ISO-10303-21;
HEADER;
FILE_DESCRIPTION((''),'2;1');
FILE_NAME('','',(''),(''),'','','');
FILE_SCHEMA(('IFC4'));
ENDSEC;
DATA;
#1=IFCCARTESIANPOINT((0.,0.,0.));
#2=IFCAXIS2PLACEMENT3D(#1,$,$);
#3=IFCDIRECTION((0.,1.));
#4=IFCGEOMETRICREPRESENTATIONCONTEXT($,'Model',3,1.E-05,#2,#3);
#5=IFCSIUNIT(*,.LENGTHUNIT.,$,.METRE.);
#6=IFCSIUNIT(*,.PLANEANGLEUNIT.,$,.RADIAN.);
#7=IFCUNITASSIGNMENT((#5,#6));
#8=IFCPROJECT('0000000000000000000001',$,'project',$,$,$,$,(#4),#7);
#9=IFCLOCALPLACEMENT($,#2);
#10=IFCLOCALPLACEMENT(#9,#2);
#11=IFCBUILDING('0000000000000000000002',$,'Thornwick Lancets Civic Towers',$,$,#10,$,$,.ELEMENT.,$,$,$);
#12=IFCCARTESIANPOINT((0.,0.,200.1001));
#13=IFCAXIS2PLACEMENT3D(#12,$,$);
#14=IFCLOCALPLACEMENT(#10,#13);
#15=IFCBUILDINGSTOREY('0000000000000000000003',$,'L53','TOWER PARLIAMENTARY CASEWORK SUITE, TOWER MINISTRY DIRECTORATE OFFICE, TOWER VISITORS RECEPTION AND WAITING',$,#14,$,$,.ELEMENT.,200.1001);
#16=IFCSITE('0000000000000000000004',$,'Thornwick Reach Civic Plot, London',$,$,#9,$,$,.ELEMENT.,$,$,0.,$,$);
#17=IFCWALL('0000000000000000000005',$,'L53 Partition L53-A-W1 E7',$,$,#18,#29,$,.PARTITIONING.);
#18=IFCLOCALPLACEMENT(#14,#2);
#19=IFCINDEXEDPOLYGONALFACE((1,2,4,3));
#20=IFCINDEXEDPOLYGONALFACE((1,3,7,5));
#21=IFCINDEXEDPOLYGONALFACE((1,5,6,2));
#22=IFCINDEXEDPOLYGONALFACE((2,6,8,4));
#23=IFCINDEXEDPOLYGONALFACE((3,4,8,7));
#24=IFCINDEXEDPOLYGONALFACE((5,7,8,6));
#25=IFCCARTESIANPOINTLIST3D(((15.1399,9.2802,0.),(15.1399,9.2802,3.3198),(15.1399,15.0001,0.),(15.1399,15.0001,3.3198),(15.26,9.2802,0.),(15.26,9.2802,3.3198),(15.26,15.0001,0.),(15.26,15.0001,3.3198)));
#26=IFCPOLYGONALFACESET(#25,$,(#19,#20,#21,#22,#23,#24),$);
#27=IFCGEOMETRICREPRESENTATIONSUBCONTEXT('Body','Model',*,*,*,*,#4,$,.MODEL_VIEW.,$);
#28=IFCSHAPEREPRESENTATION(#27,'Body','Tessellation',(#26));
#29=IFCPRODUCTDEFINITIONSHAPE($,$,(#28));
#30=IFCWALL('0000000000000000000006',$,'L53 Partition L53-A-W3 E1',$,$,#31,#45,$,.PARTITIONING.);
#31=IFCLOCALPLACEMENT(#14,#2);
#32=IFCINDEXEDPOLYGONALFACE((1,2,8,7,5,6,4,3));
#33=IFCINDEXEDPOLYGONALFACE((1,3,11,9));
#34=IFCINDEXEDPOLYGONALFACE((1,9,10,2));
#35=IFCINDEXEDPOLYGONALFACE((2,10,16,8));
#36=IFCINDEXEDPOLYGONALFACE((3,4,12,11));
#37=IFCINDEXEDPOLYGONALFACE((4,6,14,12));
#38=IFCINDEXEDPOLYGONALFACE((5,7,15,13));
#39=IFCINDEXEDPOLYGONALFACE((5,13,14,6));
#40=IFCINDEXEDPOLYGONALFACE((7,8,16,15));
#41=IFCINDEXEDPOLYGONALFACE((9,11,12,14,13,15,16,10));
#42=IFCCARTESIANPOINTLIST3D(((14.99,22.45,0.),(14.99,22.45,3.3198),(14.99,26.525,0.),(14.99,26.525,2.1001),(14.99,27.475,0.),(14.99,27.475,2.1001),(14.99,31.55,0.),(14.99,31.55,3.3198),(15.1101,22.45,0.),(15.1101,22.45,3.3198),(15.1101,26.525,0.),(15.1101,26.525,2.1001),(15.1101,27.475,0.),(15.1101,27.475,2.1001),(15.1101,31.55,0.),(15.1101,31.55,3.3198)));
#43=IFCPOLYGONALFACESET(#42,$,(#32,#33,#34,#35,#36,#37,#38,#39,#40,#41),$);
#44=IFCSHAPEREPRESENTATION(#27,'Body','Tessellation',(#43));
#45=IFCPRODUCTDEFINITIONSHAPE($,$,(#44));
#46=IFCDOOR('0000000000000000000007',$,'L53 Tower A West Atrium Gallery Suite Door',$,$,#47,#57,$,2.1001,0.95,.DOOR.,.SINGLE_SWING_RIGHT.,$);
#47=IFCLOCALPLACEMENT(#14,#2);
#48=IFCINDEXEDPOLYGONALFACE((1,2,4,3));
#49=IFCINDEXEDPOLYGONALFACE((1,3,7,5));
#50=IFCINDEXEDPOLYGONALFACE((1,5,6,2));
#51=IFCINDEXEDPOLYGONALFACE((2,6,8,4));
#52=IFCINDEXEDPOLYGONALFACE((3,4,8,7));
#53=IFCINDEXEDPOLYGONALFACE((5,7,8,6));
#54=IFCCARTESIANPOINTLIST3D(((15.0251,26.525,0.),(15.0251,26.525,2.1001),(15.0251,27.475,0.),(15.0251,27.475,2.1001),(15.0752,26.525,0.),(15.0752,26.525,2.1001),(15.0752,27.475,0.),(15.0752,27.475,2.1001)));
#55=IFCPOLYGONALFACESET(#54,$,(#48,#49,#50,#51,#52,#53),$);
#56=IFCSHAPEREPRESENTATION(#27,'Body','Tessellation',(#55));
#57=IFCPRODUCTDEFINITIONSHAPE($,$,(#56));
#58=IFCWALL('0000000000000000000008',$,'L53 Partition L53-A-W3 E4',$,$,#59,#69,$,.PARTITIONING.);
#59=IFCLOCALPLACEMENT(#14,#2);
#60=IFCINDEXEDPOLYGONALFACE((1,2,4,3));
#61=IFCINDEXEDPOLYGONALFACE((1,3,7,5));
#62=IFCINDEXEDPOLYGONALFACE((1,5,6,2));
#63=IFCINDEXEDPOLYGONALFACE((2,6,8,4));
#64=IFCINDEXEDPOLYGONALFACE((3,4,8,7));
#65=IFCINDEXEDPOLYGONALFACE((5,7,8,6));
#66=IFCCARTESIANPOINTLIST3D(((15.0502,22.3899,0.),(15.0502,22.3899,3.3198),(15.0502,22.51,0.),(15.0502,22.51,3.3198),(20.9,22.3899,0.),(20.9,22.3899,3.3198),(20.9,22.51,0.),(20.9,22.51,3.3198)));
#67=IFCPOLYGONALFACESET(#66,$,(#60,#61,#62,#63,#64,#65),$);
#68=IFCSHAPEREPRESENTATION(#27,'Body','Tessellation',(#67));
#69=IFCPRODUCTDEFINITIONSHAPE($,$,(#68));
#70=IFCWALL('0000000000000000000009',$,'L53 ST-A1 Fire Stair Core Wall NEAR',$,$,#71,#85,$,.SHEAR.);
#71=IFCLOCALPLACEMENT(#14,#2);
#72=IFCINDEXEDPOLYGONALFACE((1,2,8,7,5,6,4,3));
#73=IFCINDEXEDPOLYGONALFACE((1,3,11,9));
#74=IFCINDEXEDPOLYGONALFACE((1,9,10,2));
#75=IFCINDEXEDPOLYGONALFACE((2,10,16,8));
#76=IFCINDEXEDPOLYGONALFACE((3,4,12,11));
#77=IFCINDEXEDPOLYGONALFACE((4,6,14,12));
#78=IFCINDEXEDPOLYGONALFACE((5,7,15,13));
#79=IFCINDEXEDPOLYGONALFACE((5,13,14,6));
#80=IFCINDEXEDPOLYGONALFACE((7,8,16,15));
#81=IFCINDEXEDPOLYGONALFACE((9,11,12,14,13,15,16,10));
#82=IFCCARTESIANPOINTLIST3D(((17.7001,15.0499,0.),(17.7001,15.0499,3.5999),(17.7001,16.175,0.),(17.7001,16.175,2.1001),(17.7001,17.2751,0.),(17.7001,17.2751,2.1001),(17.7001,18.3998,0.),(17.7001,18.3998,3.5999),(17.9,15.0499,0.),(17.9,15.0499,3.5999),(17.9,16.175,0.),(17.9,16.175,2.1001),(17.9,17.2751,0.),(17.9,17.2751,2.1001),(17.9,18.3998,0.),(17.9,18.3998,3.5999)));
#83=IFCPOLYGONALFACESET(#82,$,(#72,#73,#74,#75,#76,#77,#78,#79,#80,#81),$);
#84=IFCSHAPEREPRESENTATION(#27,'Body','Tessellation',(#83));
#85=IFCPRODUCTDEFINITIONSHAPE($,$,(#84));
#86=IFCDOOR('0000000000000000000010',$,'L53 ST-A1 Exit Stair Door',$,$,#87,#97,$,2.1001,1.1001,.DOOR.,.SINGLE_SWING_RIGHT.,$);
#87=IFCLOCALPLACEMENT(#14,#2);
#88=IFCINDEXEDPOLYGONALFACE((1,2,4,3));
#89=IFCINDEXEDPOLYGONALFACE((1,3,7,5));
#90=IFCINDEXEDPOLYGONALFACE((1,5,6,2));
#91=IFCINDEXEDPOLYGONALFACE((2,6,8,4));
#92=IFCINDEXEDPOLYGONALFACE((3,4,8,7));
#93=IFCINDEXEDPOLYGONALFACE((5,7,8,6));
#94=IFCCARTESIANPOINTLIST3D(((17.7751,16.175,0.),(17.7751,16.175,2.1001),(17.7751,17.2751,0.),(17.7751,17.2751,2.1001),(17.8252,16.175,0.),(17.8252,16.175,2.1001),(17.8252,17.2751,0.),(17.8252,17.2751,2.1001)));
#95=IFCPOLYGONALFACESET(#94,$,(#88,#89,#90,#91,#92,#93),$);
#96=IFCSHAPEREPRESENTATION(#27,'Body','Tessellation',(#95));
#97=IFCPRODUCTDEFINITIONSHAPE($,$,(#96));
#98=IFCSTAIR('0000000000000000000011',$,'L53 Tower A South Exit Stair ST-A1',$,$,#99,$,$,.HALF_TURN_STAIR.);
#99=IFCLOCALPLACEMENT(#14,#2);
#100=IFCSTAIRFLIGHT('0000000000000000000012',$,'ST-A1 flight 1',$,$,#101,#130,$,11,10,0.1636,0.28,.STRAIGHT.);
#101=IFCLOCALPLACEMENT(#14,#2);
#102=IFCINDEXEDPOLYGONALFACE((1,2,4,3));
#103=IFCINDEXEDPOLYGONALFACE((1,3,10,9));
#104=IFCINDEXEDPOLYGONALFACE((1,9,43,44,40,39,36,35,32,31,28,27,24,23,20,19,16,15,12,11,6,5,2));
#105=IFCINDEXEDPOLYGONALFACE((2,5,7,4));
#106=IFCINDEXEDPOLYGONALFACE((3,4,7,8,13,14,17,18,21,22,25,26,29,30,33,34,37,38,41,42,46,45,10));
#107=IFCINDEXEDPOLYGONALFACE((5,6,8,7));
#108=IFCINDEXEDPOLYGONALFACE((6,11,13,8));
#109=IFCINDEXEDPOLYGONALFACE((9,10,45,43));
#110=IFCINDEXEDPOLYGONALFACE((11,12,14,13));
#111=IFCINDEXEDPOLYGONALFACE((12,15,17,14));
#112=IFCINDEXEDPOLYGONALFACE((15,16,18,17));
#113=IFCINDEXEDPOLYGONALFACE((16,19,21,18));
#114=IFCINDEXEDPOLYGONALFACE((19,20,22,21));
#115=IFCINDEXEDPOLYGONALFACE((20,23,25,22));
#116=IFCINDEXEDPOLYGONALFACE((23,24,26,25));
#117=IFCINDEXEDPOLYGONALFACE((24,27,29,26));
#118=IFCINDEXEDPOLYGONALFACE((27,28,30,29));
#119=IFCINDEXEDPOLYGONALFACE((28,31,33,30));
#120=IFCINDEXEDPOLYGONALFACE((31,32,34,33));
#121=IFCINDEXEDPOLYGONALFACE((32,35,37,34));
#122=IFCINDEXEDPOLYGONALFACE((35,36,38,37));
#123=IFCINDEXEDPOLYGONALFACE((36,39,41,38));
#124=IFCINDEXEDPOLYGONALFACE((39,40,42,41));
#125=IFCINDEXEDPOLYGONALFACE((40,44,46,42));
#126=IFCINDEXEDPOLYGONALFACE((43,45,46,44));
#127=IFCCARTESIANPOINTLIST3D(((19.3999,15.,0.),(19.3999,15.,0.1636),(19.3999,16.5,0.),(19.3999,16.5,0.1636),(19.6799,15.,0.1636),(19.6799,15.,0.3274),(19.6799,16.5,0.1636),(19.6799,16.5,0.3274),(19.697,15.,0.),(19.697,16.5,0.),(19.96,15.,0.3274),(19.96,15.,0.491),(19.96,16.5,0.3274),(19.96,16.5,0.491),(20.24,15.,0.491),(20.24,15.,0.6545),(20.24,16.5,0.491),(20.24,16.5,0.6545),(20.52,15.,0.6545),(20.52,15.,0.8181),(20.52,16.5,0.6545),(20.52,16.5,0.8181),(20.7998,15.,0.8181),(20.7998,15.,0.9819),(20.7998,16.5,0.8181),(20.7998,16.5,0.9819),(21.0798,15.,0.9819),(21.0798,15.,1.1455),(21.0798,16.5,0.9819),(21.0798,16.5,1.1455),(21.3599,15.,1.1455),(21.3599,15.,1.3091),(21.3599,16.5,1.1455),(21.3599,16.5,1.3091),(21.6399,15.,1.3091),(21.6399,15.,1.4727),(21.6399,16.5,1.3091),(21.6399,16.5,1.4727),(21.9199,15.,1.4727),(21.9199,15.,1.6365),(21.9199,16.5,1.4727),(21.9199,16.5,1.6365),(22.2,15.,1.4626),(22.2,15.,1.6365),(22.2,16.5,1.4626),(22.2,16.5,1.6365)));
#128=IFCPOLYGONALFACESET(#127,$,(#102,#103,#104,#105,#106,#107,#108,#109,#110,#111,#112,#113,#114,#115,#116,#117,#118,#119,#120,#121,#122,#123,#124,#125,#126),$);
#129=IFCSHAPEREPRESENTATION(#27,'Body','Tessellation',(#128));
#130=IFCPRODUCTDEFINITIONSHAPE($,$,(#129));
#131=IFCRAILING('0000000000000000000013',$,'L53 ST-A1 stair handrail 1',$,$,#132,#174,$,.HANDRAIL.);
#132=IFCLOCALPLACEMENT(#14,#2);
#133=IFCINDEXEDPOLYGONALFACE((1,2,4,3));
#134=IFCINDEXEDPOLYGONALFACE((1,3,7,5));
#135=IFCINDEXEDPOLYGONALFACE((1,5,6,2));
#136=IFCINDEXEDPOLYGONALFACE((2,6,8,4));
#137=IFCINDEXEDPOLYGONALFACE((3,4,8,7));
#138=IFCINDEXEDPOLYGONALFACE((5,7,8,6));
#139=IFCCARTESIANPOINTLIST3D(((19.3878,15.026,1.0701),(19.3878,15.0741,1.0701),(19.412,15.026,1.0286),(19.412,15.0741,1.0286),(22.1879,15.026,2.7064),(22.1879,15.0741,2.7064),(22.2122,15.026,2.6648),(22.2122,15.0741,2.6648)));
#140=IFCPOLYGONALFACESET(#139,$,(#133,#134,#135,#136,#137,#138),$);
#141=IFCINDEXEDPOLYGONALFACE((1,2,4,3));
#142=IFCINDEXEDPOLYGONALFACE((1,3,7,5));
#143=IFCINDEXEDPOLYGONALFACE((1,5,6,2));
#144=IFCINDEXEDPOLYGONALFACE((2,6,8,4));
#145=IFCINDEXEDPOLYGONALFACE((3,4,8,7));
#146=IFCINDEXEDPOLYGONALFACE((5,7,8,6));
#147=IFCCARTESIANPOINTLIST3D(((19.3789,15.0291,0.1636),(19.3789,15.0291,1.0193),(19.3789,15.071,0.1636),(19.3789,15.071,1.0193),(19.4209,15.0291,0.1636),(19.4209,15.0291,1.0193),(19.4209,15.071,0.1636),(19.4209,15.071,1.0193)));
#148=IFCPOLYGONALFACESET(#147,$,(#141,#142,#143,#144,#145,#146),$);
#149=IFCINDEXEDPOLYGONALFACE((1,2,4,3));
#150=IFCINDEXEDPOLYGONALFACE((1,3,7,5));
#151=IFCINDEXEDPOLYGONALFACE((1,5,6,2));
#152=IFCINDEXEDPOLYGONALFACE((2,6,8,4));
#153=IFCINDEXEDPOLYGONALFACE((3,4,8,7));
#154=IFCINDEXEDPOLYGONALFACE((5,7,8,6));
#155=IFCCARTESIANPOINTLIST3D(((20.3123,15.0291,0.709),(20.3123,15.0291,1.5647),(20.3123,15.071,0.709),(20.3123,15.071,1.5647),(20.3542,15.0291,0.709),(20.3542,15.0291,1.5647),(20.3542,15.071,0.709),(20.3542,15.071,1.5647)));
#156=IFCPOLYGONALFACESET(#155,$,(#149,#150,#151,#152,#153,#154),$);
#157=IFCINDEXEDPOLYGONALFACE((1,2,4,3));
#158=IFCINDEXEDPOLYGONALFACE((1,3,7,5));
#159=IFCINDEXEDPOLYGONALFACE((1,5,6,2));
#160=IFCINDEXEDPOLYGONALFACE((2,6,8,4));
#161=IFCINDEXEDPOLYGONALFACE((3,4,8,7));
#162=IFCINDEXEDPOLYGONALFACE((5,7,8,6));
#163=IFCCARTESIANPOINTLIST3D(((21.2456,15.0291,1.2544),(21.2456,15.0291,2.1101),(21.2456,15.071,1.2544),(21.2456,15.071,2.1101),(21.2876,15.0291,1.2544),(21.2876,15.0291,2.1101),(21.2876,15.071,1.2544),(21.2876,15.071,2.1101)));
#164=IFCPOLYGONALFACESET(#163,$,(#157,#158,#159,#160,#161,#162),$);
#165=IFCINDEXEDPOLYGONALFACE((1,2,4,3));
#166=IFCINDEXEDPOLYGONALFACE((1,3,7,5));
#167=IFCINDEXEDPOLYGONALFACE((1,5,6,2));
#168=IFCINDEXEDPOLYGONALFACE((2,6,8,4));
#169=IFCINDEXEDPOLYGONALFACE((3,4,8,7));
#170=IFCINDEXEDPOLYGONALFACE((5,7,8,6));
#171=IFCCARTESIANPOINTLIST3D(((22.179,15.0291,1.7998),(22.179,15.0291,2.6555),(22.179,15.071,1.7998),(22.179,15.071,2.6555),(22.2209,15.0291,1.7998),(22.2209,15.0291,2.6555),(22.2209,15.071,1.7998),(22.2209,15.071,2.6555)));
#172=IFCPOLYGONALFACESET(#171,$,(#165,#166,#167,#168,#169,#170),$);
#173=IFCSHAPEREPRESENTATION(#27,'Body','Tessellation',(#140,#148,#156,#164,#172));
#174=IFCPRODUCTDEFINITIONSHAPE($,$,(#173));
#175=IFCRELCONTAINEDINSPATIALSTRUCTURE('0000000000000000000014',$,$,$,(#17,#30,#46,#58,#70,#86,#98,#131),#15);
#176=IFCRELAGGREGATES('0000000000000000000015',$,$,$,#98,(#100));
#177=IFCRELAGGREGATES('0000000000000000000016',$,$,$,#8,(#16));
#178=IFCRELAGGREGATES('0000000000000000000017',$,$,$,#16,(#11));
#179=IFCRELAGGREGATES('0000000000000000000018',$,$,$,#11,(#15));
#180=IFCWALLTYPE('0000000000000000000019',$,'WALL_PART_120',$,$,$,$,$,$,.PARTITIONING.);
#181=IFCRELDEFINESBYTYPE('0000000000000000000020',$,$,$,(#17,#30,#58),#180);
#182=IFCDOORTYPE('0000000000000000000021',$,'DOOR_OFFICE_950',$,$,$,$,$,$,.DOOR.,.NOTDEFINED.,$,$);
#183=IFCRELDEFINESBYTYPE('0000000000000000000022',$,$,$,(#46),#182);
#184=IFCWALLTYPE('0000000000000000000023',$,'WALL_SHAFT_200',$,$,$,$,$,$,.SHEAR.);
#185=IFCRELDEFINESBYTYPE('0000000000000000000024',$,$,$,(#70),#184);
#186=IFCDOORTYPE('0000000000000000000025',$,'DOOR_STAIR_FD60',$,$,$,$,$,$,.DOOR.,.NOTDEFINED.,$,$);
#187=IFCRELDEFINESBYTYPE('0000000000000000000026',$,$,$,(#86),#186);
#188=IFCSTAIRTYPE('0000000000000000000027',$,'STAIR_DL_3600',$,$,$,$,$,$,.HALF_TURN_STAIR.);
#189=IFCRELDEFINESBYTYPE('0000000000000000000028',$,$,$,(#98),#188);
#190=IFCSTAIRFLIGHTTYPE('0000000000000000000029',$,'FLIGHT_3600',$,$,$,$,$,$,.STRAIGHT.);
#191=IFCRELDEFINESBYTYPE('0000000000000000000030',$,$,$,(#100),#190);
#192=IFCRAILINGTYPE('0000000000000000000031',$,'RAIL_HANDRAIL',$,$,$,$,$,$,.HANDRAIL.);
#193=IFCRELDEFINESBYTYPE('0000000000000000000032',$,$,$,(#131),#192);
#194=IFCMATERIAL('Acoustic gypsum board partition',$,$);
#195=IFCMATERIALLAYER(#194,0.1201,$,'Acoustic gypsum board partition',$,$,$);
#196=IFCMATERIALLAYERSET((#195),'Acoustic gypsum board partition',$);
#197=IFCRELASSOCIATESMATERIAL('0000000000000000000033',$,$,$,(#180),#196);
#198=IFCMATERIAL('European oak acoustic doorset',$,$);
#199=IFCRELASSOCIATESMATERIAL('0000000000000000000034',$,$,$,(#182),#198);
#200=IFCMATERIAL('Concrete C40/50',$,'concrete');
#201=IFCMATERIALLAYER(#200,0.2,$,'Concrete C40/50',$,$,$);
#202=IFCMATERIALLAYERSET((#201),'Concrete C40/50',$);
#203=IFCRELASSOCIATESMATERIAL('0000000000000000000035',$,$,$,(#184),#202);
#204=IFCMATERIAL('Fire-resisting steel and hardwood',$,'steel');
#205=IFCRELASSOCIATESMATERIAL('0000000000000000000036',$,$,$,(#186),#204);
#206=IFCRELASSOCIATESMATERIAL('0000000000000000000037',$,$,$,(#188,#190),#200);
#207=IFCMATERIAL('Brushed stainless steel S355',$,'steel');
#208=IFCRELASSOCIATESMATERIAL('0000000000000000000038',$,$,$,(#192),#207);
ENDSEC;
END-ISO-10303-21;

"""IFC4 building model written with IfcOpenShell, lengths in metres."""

from ifc_helpers import new_model, si_unit, direction, frame, frame_2d, origin, origin_2d, place, context, subcontext, project, spatial, polyline, rectangle, outline, extrude, material, layer, layer_set, type_object, element, fill, aggregate, save


model = new_model("IFC4")

# Units and contexts
model_context = context("Model", 3, precision=1e-05, world=origin(), true_north=direction((0.0, 1.0)))
body_context = subcontext(model_context, "Body", "Model", "MODEL_VIEW")
ifc_project = project(units=[si_unit("LENGTHUNIT", "METRE"), si_unit("PLANEANGLEUNIT", "RADIAN")], contexts=[model_context])

# Site, building, storey
site_placement = place(None, origin())
site = spatial("IfcSite", under=ifc_project, at=site_placement, Name="Thornwick Reach Civic Plot, London", CompositionType="ELEMENT", RefElevation=0.0)
building_placement = place(site_placement, origin())
building = spatial("IfcBuilding", under=site, at=building_placement, Name="Thornwick Lancets Civic Towers", CompositionType="ELEMENT")
storey_placement = place(building_placement, frame((0.0, 0.0, 200.1001)))
storey = spatial("IfcBuildingStorey", under=building, at=storey_placement, Name="L53", Description="TOWER PARLIAMENTARY CASEWORK SUITE, TOWER MINISTRY DIRECTORATE OFFICE, TOWER VISITORS RECEPTION AND WAITING", CompositionType="ELEMENT", Elevation=200.1001)

# Shared definitions
ifc_material_1 = material(Name="Acoustic gypsum board partition")
ifc_layer_1 = layer(ifc_material_1, 0.1201, Name="Acoustic gypsum board partition")
ifc_layer_set_1 = layer_set([ifc_layer_1], Name="Acoustic gypsum board partition")
wall_type_1 = type_object("IfcWallType", Name="WALL_PART_120", PredefinedType="PARTITIONING", material=ifc_layer_set_1)

# Wall
wall_1_placement = place(storey_placement, frame((15.2, 15.0, 0.0), z_axis=(0.0, 0.0, 1.0), x_axis=(0.0, -1.0, 0.0)))
element("IfcWall", 1, at=wall_1_placement, inside=storey, type_object=wall_type_1, Name="L53 Partition L53-A-W1 E7", PredefinedType="PARTITIONING", context=body_context, shape_type="SweptSolid", body=[
    extrude(rectangle(XDim=5.72, YDim=0.1201, at=frame_2d((2.8599, 0.0))), origin(), (0.0, 0.0, 1.0), 3.3198),
])

# Wall, opening, door
wall_2_placement = place(storey_placement, frame((15.05, 22.45, 0.0), z_axis=(0.0, 0.0, 1.0), x_axis=(0.0, 1.0, 0.0)))
wall_2 = element("IfcWall", 2, at=wall_2_placement, inside=storey, type_object=wall_type_1, Name="L53 Partition L53-A-W3 E1", PredefinedType="PARTITIONING", context=body_context, shape_type="SweptSolid", body=[
    extrude(rectangle(XDim=9.1001, YDim=0.1201, at=frame_2d((4.55, 0.0))), origin(), (0.0, 0.0, 1.0), 3.3198),
])
opening_1_placement = place(wall_2_placement, frame((4.075, 0.0, 0.0)))
opening_1 = element("IfcOpeningElement", 3, at=opening_1_placement, cuts=wall_2, PredefinedType="OPENING", context=body_context, shape_type="SweptSolid", body=[
    extrude(rectangle(XDim=0.95, YDim=2.1001, at=frame_2d((0.4751, 1.05))), frame((0.0, 0.0701, 0.0), z_axis=(0.0, -1.0, 0.0), x_axis=(1.0, 0.0, 0.0)), (0.0, 0.0, 1.0), 0.1401),
])
ifc_material_2 = material(Name="European oak acoustic doorset")
door_type_1 = type_object("IfcDoorType", Name="DOOR_OFFICE_950", OperationType="NOTDEFINED", PredefinedType="DOOR", material=ifc_material_2)
door_1_placement = place(opening_1_placement, origin())
door_1 = element("IfcDoor", 4, at=door_1_placement, inside=storey, type_object=door_type_1, Name="L53 Tower A West Atrium Gallery Suite Door", OperationType="SINGLE_SWING_RIGHT", OverallHeight=2.1001, OverallWidth=0.95, PredefinedType="DOOR", context=body_context, shape_type="SweptSolid", body=[
    extrude(rectangle(XDim=0.95, YDim=2.1001, at=frame_2d((0.4751, 1.05))), frame((0.0, 0.0249, 0.0), z_axis=(0.0, -1.0, 0.0), x_axis=(1.0, 0.0, 0.0)), (0.0, 0.0, 1.0), 0.05),
])
fill(opening_1, door_1)

# Wall
wall_3_placement = place(storey_placement, frame((20.8999, 22.45, 0.0), z_axis=(0.0, 0.0, 1.0), x_axis=(-1.0, 0.0, 0.0)))
element("IfcWall", 5, at=wall_3_placement, inside=storey, type_object=wall_type_1, Name="L53 Partition L53-A-W3 E4", PredefinedType="PARTITIONING", context=body_context, shape_type="SweptSolid", body=[
    extrude(rectangle(XDim=5.8499, YDim=0.1201, at=frame_2d((2.9248, 0.0))), origin(), (0.0, 0.0, 1.0), 3.3198),
])

# Wall, opening, door
ifc_material_3 = material(Name="Concrete C40/50", Category="concrete")
ifc_layer_2 = layer(ifc_material_3, 0.2, Name="Concrete C40/50")
ifc_layer_set_2 = layer_set([ifc_layer_2], Name="Concrete C40/50")
wall_type_2 = type_object("IfcWallType", Name="WALL_SHAFT_200", PredefinedType="SHEAR", material=ifc_layer_set_2)
wall_4_placement = place(storey_placement, frame((17.8, 15.05, 0.0), z_axis=(0.0, 0.0, 1.0), x_axis=(0.0, 1.0, 0.0)))
wall_4 = element("IfcWall", 6, at=wall_4_placement, inside=storey, type_object=wall_type_2, Name="L53 ST-A1 Fire Stair Core Wall NEAR", PredefinedType="SHEAR", context=body_context, shape_type="SweptSolid", body=[
    extrude(rectangle(XDim=3.3499, YDim=0.2, at=frame_2d((1.6748, 0.0))), origin(), (0.0, 0.0, 1.0), 3.5999),
])
opening_2_placement = place(wall_4_placement, frame((1.125, 0.0, 0.0)))
opening_2 = element("IfcOpeningElement", 7, at=opening_2_placement, cuts=wall_4, PredefinedType="OPENING", context=body_context, shape_type="SweptSolid", body=[
    extrude(rectangle(XDim=1.1001, YDim=2.1001, at=frame_2d((0.55, 1.05))), frame((0.0, 0.1099, 0.0), z_axis=(0.0, -1.0, 0.0), x_axis=(1.0, 0.0, 0.0)), (0.0, 0.0, 1.0), 0.22),
])
ifc_material_4 = material(Name="Fire-resisting steel and hardwood", Category="steel")
door_type_2 = type_object("IfcDoorType", Name="DOOR_STAIR_FD60", OperationType="NOTDEFINED", PredefinedType="DOOR", material=ifc_material_4)
door_2_placement = place(opening_2_placement, origin())
door_2 = element("IfcDoor", 8, at=door_2_placement, inside=storey, type_object=door_type_2, Name="L53 ST-A1 Exit Stair Door", OperationType="SINGLE_SWING_RIGHT", OverallHeight=2.1001, OverallWidth=1.1001, PredefinedType="DOOR", context=body_context, shape_type="SweptSolid", body=[
    extrude(rectangle(XDim=1.1001, YDim=2.1001, at=frame_2d((0.55, 1.05))), frame((0.0, 0.0249, 0.0), z_axis=(0.0, -1.0, 0.0), x_axis=(1.0, 0.0, 0.0)), (0.0, 0.0, 1.0), 0.05),
])
fill(opening_2, door_2)

# Stair, stair flight
stair_type = type_object("IfcStairType", Name="STAIR_DL_3600", PredefinedType="HALF_TURN_STAIR", material=ifc_material_3)
stair_placement = place(storey_placement, origin())
stair = element("IfcStair", 9, at=stair_placement, inside=storey, type_object=stair_type, Name="L53 Tower A South Exit Stair ST-A1", PredefinedType="HALF_TURN_STAIR")
stair_flight_type = type_object("IfcStairFlightType", Name="FLIGHT_3600", PredefinedType="STRAIGHT", material=ifc_material_3)
stair_flight_placement = place(storey_placement, frame((19.3999, 15.75, 0.0), z_axis=(0.0, 0.0, 1.0), x_axis=(1.0, 0.0, 0.0)))
stair_flight = element("IfcStairFlight", 10, at=stair_flight_placement, type_object=stair_flight_type, Name="ST-A1 flight 1", NumberOfRisers=11, NumberOfTreads=10, PredefinedType="STRAIGHT", RiserHeight=0.1636, TreadLength=0.28, context=body_context, shape_type="SweptSolid", body=[
    extrude(outline(polyline([(0.0, 0.0), (0.0, 0.1636), (0.28, 0.1636), (0.28, 0.3274), (0.5601, 0.3274), (0.5601, 0.491), (0.8401, 0.491), (0.8401, 0.6545), (1.1201, 0.6545), (1.1201, 0.8181), (1.3999, 0.8181), (1.3999, 0.9819), (1.6799, 0.9819), (1.6799, 1.1455), (1.96, 1.1455), (1.96, 1.3091), (2.24, 1.3091), (2.24, 1.4727), (2.52, 1.4727), (2.52, 1.6365), (2.8, 1.6365), (2.8, 1.8), (2.8, 1.4626), (0.2971, 0.0), (0.0, 0.0)])), frame((0.0, 0.75, 0.0), z_axis=(0.0, -1.0, 0.0), x_axis=(1.0, 0.0, 0.0)), (0.0, 0.0, 1.0), 1.5),
])
aggregate(stair, [stair_flight])

# Railing
ifc_material_5 = material(Name="Brushed stainless steel S355", Category="steel")
railing_type_1 = type_object("IfcRailingType", Name="RAIL_HANDRAIL", PredefinedType="HANDRAIL", material=ifc_material_5)
railing_1_placement = place(storey_placement, frame((19.3999, 15.05, 0.1636)))
element("IfcRailing", 11, at=railing_1_placement, inside=storey, type_object=railing_type_1, Name="L53 ST-A1 stair handrail 1", PredefinedType="HANDRAIL", context=body_context, shape_type="SweptSolid", body=[
    extrude(rectangle(XDim=0.0481, YDim=0.0481, at=origin_2d()), frame((0.0, 0.0, 0.8857), z_axis=(0.863394, 0.0, 0.504531), x_axis=(0.0, 1.0, 0.0)), (0.0, 0.0, 1.0), 3.2432),
    extrude(rectangle(XDim=0.042, YDim=0.042, at=origin_2d()), origin(), (0.0, 0.0, 1.0), 0.8557),
    extrude(rectangle(XDim=0.042, YDim=0.042, at=origin_2d()), frame((0.9333, 0.0, 0.5454)), (0.0, 0.0, 1.0), 0.8557),
    extrude(rectangle(XDim=0.042, YDim=0.042, at=origin_2d()), frame((1.8667, 0.0, 1.0908)), (0.0, 0.0, 1.0), 0.8557),
    extrude(rectangle(XDim=0.042, YDim=0.042, at=origin_2d()), frame((2.8, 0.0, 1.6362)), (0.0, 0.0, 1.0), 0.8557),
])

save(model, "model.ifc")
